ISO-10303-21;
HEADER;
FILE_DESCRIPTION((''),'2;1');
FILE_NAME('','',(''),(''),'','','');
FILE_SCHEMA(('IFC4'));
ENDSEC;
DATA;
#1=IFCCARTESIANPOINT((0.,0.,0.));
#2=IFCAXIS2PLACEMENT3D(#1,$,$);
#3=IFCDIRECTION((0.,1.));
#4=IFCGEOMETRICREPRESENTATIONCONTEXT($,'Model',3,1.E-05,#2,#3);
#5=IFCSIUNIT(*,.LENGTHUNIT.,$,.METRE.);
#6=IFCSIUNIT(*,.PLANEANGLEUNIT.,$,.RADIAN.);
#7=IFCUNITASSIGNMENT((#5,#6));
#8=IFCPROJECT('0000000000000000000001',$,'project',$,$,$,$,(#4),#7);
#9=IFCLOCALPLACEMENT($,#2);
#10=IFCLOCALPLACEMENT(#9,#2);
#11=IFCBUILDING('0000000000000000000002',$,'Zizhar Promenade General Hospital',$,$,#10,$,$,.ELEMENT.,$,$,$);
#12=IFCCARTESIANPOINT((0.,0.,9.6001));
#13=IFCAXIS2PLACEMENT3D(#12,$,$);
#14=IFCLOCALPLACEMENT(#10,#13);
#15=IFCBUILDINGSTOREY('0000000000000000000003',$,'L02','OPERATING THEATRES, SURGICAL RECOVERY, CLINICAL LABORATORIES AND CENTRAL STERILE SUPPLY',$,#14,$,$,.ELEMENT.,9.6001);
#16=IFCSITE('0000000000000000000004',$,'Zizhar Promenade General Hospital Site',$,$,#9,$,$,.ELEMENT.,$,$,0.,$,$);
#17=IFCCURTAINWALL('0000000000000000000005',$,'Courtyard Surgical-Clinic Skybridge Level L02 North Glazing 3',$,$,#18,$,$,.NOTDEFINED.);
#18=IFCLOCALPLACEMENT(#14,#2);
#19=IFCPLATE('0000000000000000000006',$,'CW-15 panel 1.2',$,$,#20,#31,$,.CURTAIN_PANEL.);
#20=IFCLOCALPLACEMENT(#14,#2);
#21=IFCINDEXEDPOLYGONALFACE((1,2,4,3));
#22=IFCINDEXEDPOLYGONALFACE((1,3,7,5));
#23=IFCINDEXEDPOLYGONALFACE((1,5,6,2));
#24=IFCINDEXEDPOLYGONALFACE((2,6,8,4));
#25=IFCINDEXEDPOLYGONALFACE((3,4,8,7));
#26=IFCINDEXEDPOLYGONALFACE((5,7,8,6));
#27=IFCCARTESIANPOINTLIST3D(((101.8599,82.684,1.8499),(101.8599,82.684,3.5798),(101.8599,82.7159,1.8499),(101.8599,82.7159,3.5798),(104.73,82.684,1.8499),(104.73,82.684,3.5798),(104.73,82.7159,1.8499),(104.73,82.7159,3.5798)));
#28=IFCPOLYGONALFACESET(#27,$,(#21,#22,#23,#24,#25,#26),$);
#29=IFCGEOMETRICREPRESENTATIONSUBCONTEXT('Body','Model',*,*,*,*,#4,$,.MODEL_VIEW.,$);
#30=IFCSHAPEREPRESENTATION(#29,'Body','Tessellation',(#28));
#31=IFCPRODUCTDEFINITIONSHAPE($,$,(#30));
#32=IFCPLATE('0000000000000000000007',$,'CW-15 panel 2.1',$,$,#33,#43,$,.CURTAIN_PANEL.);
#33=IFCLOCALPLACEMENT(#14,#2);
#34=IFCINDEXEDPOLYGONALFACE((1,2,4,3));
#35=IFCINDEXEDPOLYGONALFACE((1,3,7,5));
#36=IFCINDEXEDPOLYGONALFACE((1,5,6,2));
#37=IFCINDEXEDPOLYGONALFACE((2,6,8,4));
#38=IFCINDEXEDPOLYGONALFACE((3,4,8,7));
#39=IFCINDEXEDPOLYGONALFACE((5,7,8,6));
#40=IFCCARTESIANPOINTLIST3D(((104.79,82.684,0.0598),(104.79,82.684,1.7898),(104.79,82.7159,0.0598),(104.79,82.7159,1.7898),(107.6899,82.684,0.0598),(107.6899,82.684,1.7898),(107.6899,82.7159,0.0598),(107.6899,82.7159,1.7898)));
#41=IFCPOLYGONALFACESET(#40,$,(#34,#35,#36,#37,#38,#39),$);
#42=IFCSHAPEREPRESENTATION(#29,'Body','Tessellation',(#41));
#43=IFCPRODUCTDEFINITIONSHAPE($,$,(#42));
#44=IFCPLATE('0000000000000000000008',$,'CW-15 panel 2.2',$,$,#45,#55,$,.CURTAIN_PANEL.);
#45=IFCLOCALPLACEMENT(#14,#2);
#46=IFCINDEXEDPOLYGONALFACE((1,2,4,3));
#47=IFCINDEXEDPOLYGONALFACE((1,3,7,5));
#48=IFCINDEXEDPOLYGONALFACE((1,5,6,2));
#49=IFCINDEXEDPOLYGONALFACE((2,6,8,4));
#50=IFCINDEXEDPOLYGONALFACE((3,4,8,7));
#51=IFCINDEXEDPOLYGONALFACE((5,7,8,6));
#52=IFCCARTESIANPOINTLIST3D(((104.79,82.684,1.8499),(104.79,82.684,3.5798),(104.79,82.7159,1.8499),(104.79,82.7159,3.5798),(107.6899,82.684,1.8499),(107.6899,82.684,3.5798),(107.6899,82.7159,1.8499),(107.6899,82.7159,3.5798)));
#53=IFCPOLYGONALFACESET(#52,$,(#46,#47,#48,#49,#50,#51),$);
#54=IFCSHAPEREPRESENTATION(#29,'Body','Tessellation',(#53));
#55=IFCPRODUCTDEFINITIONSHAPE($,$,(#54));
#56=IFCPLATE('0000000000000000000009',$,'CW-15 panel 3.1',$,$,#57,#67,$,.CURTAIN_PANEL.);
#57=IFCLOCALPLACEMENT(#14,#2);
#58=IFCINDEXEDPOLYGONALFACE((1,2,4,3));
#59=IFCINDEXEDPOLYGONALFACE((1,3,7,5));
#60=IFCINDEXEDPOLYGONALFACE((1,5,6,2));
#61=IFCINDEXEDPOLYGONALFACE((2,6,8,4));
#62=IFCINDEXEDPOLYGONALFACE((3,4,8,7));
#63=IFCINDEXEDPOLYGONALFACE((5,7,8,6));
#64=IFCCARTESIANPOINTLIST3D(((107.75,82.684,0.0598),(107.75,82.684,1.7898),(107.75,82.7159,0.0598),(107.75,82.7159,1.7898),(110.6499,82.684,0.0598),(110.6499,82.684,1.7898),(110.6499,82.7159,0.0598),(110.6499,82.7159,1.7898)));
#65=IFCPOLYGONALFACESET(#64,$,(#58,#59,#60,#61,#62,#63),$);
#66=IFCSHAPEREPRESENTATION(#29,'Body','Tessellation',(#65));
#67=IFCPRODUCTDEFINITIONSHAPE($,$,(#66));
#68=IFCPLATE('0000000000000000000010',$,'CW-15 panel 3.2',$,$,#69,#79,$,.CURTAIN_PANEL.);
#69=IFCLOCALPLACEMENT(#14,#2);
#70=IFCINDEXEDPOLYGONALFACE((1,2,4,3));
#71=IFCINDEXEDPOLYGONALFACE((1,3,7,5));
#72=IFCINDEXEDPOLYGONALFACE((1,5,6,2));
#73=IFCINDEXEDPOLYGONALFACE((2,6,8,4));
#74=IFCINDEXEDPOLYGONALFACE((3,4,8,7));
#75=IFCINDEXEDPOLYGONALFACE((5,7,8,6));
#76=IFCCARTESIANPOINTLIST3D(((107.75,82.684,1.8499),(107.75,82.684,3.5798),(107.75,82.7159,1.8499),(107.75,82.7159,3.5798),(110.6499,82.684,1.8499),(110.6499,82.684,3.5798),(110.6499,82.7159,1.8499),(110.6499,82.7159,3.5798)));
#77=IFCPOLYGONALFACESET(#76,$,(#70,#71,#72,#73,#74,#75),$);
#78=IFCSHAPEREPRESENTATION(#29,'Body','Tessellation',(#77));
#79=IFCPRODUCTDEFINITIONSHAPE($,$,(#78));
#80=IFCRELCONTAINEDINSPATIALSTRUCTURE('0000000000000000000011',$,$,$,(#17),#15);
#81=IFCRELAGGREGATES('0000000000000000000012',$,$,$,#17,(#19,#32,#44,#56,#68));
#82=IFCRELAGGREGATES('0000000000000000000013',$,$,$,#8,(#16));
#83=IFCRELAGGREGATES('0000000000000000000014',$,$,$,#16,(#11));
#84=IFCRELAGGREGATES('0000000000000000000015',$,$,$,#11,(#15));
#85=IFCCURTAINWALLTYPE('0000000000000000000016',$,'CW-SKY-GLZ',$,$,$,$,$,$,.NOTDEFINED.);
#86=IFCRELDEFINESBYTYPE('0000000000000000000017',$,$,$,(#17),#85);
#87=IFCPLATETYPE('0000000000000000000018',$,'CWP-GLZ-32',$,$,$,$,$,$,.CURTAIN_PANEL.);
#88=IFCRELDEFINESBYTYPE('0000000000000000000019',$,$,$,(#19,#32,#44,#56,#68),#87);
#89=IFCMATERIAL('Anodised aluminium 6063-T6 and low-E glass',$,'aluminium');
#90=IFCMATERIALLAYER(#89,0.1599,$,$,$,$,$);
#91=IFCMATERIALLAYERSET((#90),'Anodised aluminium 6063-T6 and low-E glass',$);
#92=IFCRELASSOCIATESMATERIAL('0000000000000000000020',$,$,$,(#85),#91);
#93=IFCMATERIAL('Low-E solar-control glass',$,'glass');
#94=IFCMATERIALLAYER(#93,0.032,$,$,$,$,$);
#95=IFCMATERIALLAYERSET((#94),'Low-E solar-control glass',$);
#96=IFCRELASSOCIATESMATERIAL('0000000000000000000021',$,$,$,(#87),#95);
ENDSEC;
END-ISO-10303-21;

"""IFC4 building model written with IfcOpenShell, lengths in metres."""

from ifc_helpers import new_model, si_unit, direction, frame, origin, origin_2d, place, context, subcontext, project, spatial, rectangle, extrude, material, layer, layer_set, type_object, element, aggregate, save


model = new_model("IFC4")

# Units and contexts
model_context = context("Model", 3, precision=1e-05, world=origin(), true_north=direction((0.0, 1.0)))
body_context = subcontext(model_context, "Body", "Model", "MODEL_VIEW")
ifc_project = project(units=[si_unit("LENGTHUNIT", "METRE"), si_unit("PLANEANGLEUNIT", "RADIAN")], contexts=[model_context])

# Site, building, storey
site_placement = place(None, origin())
site = spatial("IfcSite", under=ifc_project, at=site_placement, Name="Zizhar Promenade General Hospital Site", CompositionType="ELEMENT", RefElevation=0.0)
building_placement = place(site_placement, origin())
building = spatial("IfcBuilding", under=site, at=building_placement, Name="Zizhar Promenade General Hospital", CompositionType="ELEMENT")
storey_placement = place(building_placement, frame((0.0, 0.0, 9.6001)))
storey = spatial("IfcBuildingStorey", under=building, at=storey_placement, Name="L02", Description="OPERATING THEATRES, SURGICAL RECOVERY, CLINICAL LABORATORIES AND CENTRAL STERILE SUPPLY", CompositionType="ELEMENT", Elevation=9.6001)

# Curtain wall
ifc_material_1 = material(Name="Anodised aluminium 6063-T6 and low-E glass", Category="aluminium")
ifc_layer_1 = layer(ifc_material_1, 0.1599)
ifc_layer_set_1 = layer_set([ifc_layer_1], Name="Anodised aluminium 6063-T6 and low-E glass")
curtain_wall_type = type_object("IfcCurtainWallType", Name="CW-SKY-GLZ", PredefinedType="NOTDEFINED", material=ifc_layer_set_1)
curtain_wall_placement = place(storey_placement, origin())
curtain_wall = element("IfcCurtainWall", 1, at=curtain_wall_placement, inside=storey, type_object=curtain_wall_type, Name="Courtyard Surgical-Clinic Skybridge Level L02 North Glazing 3", PredefinedType="NOTDEFINED")

# Plates
ifc_material_2 = material(Name="Low-E solar-control glass", Category="glass")
ifc_layer_2 = layer(ifc_material_2, 0.032)
ifc_layer_set_2 = layer_set([ifc_layer_2], Name="Low-E solar-control glass")
plate_type = type_object("IfcPlateType", Name="CWP-GLZ-32", PredefinedType="CURTAIN_PANEL", material=ifc_layer_set_2)
plate_1_placement = place(storey_placement, frame((103.2949, 82.7, 1.8499), z_axis=(0.0, 0.0, 1.0), x_axis=(1.0, 0.0, 0.0)))
plate_1 = element("IfcPlate", 2, at=plate_1_placement, type_object=plate_type, Name="CW-15 panel 1.2", PredefinedType="CURTAIN_PANEL", context=body_context, shape_type="SweptSolid", body=[
    extrude(rectangle(XDim=2.8701, YDim=0.032, at=origin_2d()), origin(), (0.0, 0.0, 1.0), 1.73),
])
plate_2_placement = place(storey_placement, frame((106.24, 82.7, 0.0598), z_axis=(0.0, 0.0, 1.0), x_axis=(1.0, 0.0, 0.0)))
plate_2 = element("IfcPlate", 3, at=plate_2_placement, type_object=plate_type, Name="CW-15 panel 2.1", PredefinedType="CURTAIN_PANEL", context=body_context, shape_type="SweptSolid", body=[
    extrude(rectangle(XDim=2.8999, YDim=0.032, at=origin_2d()), origin(), (0.0, 0.0, 1.0), 1.73),
])
plate_3_placement = place(storey_placement, frame((106.24, 82.7, 1.8499), z_axis=(0.0, 0.0, 1.0), x_axis=(1.0, 0.0, 0.0)))
plate_3 = element("IfcPlate", 4, at=plate_3_placement, type_object=plate_type, Name="CW-15 panel 2.2", PredefinedType="CURTAIN_PANEL", context=body_context, shape_type="SweptSolid", body=[
    extrude(rectangle(XDim=2.8999, YDim=0.032, at=origin_2d()), origin(), (0.0, 0.0, 1.0), 1.73),
])
plate_4_placement = place(storey_placement, frame((109.2, 82.7, 0.0598), z_axis=(0.0, 0.0, 1.0), x_axis=(1.0, 0.0, 0.0)))
plate_4 = element("IfcPlate", 5, at=plate_4_placement, type_object=plate_type, Name="CW-15 panel 3.1", PredefinedType="CURTAIN_PANEL", context=body_context, shape_type="SweptSolid", body=[
    extrude(rectangle(XDim=2.8999, YDim=0.032, at=origin_2d()), origin(), (0.0, 0.0, 1.0), 1.73),
])
plate_5_placement = place(storey_placement, frame((109.2, 82.7, 1.8499), z_axis=(0.0, 0.0, 1.0), x_axis=(1.0, 0.0, 0.0)))
plate_5 = element("IfcPlate", 6, at=plate_5_placement, type_object=plate_type, Name="CW-15 panel 3.2", PredefinedType="CURTAIN_PANEL", context=body_context, shape_type="SweptSolid", body=[
    extrude(rectangle(XDim=2.8999, YDim=0.032, at=origin_2d()), origin(), (0.0, 0.0, 1.0), 1.73),
])
aggregate(curtain_wall, [plate_1, plate_2, plate_3, plate_4, plate_5])

save(model, "model.ifc")
